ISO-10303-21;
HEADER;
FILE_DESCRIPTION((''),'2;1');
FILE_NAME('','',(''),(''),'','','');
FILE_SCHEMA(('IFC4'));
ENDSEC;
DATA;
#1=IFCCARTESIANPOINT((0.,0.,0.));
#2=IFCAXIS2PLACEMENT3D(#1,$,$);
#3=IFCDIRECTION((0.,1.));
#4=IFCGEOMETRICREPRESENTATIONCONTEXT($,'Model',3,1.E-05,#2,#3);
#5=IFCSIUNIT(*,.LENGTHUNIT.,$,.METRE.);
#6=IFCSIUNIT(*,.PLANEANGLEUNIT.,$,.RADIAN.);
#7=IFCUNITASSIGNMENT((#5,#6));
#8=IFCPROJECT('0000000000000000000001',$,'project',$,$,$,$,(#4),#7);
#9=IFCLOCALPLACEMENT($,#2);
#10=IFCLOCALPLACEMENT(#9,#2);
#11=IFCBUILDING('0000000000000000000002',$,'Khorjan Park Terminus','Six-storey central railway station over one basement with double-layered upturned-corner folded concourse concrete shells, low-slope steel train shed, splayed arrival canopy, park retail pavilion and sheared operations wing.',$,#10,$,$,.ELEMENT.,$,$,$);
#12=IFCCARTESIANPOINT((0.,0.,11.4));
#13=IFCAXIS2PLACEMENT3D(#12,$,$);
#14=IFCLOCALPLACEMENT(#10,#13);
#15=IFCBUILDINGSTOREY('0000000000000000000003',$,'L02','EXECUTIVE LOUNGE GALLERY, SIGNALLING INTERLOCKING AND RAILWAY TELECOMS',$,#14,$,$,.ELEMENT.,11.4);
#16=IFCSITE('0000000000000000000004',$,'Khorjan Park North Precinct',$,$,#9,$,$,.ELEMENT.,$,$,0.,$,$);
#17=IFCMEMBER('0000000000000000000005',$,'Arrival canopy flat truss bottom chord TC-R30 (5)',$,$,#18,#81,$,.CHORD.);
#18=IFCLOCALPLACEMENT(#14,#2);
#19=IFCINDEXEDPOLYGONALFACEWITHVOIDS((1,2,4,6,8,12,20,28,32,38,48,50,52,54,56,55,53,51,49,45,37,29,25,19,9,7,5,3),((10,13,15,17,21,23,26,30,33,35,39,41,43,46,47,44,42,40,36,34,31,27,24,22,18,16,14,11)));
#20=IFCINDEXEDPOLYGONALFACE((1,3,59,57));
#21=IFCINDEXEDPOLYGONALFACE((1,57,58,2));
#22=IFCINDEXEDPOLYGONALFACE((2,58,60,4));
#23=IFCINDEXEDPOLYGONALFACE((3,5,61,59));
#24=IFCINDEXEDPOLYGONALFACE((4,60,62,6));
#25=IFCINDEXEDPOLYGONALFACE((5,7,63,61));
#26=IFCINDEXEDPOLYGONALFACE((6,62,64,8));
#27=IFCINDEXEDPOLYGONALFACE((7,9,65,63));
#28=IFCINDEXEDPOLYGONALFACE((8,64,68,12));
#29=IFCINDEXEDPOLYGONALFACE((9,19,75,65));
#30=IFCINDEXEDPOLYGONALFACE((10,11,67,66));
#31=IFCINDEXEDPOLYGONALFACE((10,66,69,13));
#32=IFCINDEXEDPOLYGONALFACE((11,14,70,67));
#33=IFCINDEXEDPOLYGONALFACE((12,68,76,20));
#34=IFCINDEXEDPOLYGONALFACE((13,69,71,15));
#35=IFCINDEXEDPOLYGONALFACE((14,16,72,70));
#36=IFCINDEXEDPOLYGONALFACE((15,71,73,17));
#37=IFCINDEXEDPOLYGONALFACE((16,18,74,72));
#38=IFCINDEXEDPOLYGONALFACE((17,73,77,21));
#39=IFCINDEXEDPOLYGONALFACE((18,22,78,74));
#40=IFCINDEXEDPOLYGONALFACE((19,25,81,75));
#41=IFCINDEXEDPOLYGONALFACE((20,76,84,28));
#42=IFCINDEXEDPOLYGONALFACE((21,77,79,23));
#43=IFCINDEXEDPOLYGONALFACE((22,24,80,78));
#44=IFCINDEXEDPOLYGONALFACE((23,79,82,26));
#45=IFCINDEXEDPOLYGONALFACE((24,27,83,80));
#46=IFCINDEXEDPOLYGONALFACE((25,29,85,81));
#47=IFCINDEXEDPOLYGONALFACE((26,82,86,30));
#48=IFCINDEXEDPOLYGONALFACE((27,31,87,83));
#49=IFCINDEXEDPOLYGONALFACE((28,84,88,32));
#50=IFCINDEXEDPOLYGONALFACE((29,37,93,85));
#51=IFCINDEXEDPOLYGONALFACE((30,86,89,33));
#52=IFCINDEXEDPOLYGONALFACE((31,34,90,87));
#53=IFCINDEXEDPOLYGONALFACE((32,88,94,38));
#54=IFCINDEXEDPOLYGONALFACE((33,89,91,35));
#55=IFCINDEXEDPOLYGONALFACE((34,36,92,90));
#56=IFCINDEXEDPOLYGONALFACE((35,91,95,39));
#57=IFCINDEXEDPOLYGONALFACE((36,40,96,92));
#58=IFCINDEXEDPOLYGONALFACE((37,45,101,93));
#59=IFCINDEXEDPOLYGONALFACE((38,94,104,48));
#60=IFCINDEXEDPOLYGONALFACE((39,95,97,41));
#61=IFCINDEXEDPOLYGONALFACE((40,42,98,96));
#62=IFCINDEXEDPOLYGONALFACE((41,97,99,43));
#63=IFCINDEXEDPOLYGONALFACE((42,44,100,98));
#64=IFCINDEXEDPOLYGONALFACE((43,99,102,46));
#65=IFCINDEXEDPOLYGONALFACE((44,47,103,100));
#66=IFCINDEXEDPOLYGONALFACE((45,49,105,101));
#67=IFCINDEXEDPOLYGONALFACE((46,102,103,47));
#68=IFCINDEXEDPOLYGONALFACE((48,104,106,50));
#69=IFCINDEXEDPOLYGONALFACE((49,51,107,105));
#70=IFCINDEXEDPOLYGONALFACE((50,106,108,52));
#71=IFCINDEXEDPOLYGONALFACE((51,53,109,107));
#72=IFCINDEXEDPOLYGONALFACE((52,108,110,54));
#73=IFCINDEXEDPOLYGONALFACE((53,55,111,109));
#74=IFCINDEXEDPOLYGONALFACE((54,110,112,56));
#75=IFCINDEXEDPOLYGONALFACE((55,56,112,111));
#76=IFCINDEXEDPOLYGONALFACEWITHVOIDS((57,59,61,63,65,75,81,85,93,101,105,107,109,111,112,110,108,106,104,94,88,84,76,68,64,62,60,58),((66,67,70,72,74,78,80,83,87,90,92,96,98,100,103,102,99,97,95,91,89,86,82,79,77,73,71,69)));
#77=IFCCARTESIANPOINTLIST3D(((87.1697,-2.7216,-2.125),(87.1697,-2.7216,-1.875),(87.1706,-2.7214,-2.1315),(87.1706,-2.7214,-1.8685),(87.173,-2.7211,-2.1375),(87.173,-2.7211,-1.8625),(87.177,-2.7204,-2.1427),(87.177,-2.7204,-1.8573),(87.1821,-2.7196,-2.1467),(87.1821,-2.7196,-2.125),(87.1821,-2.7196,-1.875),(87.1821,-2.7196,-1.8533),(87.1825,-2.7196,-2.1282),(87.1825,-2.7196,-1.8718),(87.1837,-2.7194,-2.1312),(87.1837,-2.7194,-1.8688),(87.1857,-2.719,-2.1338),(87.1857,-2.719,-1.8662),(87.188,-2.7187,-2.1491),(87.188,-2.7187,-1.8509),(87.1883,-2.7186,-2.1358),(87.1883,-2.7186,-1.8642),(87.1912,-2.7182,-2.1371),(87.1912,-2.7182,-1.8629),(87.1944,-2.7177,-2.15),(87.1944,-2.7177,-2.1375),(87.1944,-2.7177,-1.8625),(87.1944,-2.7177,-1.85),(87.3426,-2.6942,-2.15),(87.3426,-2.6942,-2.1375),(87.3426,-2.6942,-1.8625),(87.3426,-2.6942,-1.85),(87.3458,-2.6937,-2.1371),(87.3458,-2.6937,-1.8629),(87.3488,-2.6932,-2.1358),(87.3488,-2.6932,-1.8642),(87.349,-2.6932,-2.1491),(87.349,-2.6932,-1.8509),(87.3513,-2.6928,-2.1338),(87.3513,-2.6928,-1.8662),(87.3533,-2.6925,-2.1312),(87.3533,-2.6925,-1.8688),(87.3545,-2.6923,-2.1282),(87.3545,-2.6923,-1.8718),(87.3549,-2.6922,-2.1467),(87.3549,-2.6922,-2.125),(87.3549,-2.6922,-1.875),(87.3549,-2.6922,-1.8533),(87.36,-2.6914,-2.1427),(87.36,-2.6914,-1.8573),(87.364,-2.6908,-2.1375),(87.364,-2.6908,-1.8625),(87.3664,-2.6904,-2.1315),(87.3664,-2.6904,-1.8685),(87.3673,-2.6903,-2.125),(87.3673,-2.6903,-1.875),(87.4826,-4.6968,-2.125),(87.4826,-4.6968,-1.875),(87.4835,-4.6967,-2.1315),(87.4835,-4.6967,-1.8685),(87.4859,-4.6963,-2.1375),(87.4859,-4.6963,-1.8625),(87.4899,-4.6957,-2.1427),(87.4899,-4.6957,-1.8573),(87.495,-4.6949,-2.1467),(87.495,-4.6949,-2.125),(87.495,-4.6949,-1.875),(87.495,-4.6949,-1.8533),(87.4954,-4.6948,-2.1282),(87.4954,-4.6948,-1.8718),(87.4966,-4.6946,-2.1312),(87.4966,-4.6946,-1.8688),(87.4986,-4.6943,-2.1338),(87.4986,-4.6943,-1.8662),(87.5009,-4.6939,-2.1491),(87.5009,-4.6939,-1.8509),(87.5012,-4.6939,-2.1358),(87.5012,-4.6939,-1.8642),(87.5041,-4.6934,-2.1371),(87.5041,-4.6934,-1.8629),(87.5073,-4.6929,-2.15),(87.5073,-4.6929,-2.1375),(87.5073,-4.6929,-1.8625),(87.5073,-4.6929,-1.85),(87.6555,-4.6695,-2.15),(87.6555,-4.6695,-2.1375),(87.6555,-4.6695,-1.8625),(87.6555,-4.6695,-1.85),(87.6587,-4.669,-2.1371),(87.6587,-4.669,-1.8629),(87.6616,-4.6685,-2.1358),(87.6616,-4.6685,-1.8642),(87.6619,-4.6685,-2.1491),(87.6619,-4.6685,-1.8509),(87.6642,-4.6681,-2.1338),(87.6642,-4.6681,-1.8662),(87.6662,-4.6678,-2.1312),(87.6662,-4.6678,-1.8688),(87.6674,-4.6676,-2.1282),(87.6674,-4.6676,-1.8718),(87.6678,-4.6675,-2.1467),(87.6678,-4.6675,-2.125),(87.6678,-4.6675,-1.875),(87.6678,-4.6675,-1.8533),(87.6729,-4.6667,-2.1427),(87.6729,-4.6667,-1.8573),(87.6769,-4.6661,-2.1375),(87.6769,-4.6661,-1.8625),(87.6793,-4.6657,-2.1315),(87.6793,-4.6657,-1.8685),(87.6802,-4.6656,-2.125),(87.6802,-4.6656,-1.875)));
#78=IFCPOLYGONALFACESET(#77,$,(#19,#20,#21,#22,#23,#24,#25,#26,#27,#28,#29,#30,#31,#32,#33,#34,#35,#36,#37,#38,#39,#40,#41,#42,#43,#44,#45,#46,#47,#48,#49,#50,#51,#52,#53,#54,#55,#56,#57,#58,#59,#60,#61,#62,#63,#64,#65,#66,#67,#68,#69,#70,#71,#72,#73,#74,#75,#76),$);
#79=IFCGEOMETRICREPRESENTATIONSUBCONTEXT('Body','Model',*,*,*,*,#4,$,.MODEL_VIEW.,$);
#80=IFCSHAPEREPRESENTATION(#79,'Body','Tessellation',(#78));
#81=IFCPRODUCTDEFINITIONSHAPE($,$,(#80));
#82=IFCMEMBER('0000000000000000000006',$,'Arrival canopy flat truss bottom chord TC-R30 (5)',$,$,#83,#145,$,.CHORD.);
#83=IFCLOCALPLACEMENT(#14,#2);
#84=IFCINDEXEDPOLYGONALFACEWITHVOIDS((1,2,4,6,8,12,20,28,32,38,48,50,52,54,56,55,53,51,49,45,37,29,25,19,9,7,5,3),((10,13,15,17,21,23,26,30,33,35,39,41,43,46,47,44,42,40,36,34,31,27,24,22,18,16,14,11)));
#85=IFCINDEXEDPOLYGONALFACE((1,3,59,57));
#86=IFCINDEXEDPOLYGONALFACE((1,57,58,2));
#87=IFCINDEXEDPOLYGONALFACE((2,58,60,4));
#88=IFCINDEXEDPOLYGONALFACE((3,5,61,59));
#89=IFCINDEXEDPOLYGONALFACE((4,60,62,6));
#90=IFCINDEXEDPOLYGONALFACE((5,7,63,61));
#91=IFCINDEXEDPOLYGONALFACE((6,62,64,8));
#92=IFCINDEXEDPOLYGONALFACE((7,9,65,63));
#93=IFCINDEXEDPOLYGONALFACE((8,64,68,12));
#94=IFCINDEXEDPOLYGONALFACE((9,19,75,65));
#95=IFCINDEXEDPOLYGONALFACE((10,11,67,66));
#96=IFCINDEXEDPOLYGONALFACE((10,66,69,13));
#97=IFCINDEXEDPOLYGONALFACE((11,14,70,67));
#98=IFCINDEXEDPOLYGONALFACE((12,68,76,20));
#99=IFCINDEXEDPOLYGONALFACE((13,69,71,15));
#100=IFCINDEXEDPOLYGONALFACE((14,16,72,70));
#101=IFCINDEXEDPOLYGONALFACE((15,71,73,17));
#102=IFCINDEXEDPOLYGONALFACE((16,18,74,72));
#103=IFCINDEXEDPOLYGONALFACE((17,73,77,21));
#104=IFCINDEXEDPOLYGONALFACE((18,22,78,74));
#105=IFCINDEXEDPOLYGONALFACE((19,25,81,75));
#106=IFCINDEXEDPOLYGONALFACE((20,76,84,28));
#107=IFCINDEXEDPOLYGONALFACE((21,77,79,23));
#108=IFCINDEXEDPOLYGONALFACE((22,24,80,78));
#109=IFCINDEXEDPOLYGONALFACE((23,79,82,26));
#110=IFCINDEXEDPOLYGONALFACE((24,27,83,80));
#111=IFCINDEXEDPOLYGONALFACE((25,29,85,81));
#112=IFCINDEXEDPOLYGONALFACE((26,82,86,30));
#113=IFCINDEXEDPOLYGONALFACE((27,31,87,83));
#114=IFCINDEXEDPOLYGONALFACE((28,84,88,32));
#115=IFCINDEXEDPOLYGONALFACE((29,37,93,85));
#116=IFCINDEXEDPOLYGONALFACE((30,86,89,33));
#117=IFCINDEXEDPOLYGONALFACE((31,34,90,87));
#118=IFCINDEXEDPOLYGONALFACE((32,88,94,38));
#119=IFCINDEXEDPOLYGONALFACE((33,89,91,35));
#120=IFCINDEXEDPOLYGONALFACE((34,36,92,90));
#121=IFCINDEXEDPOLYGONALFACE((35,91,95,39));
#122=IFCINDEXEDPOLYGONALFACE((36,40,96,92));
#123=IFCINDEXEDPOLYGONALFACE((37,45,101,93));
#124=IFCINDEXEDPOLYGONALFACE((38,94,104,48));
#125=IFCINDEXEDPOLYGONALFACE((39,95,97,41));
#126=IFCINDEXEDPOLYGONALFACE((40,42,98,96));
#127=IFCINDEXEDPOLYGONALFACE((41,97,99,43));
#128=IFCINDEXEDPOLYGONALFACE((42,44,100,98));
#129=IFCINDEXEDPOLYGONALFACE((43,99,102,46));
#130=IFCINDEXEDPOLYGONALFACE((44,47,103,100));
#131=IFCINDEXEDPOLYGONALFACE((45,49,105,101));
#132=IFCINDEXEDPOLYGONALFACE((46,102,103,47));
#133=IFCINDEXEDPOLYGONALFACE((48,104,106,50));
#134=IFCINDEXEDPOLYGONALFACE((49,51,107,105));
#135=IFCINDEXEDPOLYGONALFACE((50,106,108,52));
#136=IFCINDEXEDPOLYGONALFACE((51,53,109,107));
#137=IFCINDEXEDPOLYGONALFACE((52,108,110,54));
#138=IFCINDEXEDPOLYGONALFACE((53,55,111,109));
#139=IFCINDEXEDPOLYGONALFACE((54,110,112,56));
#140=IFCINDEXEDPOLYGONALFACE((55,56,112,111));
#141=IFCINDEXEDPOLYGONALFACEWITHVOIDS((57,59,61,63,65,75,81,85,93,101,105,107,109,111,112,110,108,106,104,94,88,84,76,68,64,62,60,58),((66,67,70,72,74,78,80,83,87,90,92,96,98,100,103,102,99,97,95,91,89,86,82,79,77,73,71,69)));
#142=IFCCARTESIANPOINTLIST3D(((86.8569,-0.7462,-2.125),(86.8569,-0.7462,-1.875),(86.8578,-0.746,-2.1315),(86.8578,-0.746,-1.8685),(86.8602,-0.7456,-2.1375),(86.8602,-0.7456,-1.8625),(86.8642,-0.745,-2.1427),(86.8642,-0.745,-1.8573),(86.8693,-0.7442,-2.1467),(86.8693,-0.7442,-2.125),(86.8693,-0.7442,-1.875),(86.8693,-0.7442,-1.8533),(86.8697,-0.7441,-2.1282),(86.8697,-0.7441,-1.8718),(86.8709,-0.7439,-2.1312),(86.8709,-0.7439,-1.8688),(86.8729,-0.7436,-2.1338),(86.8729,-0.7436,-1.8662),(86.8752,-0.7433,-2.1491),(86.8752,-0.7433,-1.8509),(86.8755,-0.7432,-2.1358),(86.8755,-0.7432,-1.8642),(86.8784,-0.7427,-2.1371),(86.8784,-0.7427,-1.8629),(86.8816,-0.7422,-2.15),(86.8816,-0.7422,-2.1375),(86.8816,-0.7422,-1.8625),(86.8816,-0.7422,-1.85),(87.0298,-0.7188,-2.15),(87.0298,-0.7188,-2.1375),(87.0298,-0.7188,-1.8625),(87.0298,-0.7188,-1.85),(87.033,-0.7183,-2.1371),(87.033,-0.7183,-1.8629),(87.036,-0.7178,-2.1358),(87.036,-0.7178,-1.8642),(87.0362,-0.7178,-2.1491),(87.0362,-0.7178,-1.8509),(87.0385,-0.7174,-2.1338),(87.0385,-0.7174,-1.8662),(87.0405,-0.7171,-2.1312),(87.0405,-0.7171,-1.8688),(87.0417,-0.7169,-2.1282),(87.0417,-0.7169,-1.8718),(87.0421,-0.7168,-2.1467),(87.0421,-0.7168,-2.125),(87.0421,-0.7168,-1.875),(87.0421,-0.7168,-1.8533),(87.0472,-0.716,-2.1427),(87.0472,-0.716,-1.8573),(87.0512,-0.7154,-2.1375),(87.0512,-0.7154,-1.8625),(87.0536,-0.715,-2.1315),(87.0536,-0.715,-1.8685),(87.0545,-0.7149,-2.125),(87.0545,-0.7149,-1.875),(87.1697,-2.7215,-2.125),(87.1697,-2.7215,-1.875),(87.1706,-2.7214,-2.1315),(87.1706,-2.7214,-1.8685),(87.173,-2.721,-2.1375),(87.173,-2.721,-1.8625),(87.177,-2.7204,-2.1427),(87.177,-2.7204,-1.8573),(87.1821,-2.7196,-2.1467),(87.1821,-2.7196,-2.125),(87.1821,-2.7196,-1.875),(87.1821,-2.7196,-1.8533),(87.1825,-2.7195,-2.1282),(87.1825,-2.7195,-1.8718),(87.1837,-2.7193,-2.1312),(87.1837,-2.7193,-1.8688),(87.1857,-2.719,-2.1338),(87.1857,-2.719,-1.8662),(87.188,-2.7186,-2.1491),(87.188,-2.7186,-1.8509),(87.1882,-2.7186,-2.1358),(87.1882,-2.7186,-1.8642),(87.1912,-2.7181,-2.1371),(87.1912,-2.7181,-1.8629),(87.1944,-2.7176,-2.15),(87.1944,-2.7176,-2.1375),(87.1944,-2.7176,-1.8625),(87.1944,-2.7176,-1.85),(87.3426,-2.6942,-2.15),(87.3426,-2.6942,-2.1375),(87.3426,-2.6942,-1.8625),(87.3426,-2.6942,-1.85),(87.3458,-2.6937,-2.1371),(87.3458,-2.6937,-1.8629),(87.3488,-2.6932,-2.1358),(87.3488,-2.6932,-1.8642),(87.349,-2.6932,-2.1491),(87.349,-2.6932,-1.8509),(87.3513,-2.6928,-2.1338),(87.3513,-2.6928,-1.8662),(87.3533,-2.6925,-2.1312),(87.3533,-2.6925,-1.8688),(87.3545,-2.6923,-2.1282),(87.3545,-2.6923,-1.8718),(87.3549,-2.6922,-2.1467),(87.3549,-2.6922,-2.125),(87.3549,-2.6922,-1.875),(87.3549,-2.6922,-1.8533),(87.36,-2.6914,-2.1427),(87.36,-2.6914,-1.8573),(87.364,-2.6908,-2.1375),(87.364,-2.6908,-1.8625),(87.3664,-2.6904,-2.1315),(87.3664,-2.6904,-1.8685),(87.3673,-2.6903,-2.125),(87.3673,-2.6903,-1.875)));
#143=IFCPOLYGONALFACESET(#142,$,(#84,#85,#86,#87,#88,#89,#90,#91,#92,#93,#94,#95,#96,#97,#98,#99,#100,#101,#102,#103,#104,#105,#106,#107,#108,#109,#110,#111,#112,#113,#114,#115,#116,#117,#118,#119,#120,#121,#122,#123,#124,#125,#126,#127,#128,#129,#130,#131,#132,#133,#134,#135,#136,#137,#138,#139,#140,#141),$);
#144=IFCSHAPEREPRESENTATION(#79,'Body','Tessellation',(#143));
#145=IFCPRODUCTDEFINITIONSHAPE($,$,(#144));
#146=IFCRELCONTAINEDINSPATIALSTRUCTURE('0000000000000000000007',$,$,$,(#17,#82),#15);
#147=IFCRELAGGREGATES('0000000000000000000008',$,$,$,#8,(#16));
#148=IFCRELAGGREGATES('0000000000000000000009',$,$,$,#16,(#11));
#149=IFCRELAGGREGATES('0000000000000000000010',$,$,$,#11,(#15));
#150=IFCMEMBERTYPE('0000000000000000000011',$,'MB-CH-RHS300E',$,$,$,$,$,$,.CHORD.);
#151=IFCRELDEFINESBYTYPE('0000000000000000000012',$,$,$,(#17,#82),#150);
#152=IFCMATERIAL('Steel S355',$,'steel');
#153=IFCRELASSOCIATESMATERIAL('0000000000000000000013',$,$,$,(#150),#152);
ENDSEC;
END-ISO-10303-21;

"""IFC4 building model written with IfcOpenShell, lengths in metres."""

from ifc_helpers import new_model, si_unit, direction, frame, origin, origin_2d, place, context, subcontext, project, spatial, hollow_rectangle, extrude, material, material_profile, profile_set, type_object, element, save


model = new_model("IFC4")

# Units and contexts
model_context = context("Model", 3, precision=1e-05, world=origin(), true_north=direction((0.0, 1.0)))
body_context = subcontext(model_context, "Body", "Model", "MODEL_VIEW")
ifc_project = project(units=[si_unit("LENGTHUNIT", "METRE"), si_unit("PLANEANGLEUNIT", "RADIAN")], contexts=[model_context])

# Site, building, storey
site_placement = place(None, origin())
site = spatial("IfcSite", under=ifc_project, at=site_placement, Name="Khorjan Park North Precinct", CompositionType="ELEMENT", RefElevation=0.0)
building_placement = place(site_placement, origin())
building = spatial("IfcBuilding", under=site, at=building_placement, Name="Khorjan Park Terminus", Description="Six-storey central railway station over one basement with double-layered upturned-corner folded concourse concrete shells, low-slope steel train shed, splayed arrival canopy, park retail pavilion and sheared operations wing.", CompositionType="ELEMENT")
storey_placement = place(building_placement, frame((0.0, 0.0, 11.4)))
storey = spatial("IfcBuildingStorey", under=building, at=storey_placement, Name="L02", Description="EXECUTIVE LOUNGE GALLERY, SIGNALLING INTERLOCKING AND RAILWAY TELECOMS", CompositionType="ELEMENT", Elevation=11.4)

# Members
ifc_material = material(Name="Steel S355", Category="steel")
ifc_material_profile_1 = material_profile(ifc_material, hollow_rectangle(XDim=0.2, YDim=0.3, WallThickness=0.0125, InnerFilletRadius=0.0125, OuterFilletRadius=0.025, at=origin_2d()), Name="RHS 300x200x12.5")
ifc_profile_set_1 = profile_set([ifc_material_profile_1], Name="Steel S355")
member_type_1 = type_object("IfcMemberType", Name="MB-CH-RHS300E", PredefinedType="CHORD", material=ifc_profile_set_1)
member_1_placement = place(storey_placement, frame((87.5814, -4.6812, -2.0), z_axis=(-0.156456, 0.987685, 0.0), x_axis=(-0.987685, -0.156456, 0.0)))
element("IfcMember", 1, at=member_1_placement, inside=storey, type_object=member_type_1, Name="Arrival canopy flat truss bottom chord TC-R30 (5)", PredefinedType="CHORD", context=body_context, shape_type="SweptSolid", body=[
    extrude(hollow_rectangle(XDim=0.2, YDim=0.3, WallThickness=0.0125, InnerFilletRadius=0.0125, OuterFilletRadius=0.025, at=origin_2d()), origin(), (0.0, 0.0, 1.0), 1.9999),
])
for number, where, z_axis, x_axis, name in (
    (2, (87.2685, -2.7059, -2.0), (-0.156399, 0.987694, 0.0), (-0.987694, -0.156399, 0.0), "Arrival canopy flat truss bottom chord TC-R30 (5)"),
):
    element("IfcMember", number, at=place(storey_placement, frame(where, z_axis=z_axis, x_axis=x_axis)), inside=storey, type_object=member_type_1, Name=name, PredefinedType="CHORD", context=body_context, shape_type="SweptSolid", body=[
        extrude(hollow_rectangle(XDim=0.2, YDim=0.3, WallThickness=0.0125, InnerFilletRadius=0.0125, OuterFilletRadius=0.025, at=origin_2d()), origin(), (0.0, 0.0, 1.0), 2.0),
    ])

save(model, "model.ifc")
